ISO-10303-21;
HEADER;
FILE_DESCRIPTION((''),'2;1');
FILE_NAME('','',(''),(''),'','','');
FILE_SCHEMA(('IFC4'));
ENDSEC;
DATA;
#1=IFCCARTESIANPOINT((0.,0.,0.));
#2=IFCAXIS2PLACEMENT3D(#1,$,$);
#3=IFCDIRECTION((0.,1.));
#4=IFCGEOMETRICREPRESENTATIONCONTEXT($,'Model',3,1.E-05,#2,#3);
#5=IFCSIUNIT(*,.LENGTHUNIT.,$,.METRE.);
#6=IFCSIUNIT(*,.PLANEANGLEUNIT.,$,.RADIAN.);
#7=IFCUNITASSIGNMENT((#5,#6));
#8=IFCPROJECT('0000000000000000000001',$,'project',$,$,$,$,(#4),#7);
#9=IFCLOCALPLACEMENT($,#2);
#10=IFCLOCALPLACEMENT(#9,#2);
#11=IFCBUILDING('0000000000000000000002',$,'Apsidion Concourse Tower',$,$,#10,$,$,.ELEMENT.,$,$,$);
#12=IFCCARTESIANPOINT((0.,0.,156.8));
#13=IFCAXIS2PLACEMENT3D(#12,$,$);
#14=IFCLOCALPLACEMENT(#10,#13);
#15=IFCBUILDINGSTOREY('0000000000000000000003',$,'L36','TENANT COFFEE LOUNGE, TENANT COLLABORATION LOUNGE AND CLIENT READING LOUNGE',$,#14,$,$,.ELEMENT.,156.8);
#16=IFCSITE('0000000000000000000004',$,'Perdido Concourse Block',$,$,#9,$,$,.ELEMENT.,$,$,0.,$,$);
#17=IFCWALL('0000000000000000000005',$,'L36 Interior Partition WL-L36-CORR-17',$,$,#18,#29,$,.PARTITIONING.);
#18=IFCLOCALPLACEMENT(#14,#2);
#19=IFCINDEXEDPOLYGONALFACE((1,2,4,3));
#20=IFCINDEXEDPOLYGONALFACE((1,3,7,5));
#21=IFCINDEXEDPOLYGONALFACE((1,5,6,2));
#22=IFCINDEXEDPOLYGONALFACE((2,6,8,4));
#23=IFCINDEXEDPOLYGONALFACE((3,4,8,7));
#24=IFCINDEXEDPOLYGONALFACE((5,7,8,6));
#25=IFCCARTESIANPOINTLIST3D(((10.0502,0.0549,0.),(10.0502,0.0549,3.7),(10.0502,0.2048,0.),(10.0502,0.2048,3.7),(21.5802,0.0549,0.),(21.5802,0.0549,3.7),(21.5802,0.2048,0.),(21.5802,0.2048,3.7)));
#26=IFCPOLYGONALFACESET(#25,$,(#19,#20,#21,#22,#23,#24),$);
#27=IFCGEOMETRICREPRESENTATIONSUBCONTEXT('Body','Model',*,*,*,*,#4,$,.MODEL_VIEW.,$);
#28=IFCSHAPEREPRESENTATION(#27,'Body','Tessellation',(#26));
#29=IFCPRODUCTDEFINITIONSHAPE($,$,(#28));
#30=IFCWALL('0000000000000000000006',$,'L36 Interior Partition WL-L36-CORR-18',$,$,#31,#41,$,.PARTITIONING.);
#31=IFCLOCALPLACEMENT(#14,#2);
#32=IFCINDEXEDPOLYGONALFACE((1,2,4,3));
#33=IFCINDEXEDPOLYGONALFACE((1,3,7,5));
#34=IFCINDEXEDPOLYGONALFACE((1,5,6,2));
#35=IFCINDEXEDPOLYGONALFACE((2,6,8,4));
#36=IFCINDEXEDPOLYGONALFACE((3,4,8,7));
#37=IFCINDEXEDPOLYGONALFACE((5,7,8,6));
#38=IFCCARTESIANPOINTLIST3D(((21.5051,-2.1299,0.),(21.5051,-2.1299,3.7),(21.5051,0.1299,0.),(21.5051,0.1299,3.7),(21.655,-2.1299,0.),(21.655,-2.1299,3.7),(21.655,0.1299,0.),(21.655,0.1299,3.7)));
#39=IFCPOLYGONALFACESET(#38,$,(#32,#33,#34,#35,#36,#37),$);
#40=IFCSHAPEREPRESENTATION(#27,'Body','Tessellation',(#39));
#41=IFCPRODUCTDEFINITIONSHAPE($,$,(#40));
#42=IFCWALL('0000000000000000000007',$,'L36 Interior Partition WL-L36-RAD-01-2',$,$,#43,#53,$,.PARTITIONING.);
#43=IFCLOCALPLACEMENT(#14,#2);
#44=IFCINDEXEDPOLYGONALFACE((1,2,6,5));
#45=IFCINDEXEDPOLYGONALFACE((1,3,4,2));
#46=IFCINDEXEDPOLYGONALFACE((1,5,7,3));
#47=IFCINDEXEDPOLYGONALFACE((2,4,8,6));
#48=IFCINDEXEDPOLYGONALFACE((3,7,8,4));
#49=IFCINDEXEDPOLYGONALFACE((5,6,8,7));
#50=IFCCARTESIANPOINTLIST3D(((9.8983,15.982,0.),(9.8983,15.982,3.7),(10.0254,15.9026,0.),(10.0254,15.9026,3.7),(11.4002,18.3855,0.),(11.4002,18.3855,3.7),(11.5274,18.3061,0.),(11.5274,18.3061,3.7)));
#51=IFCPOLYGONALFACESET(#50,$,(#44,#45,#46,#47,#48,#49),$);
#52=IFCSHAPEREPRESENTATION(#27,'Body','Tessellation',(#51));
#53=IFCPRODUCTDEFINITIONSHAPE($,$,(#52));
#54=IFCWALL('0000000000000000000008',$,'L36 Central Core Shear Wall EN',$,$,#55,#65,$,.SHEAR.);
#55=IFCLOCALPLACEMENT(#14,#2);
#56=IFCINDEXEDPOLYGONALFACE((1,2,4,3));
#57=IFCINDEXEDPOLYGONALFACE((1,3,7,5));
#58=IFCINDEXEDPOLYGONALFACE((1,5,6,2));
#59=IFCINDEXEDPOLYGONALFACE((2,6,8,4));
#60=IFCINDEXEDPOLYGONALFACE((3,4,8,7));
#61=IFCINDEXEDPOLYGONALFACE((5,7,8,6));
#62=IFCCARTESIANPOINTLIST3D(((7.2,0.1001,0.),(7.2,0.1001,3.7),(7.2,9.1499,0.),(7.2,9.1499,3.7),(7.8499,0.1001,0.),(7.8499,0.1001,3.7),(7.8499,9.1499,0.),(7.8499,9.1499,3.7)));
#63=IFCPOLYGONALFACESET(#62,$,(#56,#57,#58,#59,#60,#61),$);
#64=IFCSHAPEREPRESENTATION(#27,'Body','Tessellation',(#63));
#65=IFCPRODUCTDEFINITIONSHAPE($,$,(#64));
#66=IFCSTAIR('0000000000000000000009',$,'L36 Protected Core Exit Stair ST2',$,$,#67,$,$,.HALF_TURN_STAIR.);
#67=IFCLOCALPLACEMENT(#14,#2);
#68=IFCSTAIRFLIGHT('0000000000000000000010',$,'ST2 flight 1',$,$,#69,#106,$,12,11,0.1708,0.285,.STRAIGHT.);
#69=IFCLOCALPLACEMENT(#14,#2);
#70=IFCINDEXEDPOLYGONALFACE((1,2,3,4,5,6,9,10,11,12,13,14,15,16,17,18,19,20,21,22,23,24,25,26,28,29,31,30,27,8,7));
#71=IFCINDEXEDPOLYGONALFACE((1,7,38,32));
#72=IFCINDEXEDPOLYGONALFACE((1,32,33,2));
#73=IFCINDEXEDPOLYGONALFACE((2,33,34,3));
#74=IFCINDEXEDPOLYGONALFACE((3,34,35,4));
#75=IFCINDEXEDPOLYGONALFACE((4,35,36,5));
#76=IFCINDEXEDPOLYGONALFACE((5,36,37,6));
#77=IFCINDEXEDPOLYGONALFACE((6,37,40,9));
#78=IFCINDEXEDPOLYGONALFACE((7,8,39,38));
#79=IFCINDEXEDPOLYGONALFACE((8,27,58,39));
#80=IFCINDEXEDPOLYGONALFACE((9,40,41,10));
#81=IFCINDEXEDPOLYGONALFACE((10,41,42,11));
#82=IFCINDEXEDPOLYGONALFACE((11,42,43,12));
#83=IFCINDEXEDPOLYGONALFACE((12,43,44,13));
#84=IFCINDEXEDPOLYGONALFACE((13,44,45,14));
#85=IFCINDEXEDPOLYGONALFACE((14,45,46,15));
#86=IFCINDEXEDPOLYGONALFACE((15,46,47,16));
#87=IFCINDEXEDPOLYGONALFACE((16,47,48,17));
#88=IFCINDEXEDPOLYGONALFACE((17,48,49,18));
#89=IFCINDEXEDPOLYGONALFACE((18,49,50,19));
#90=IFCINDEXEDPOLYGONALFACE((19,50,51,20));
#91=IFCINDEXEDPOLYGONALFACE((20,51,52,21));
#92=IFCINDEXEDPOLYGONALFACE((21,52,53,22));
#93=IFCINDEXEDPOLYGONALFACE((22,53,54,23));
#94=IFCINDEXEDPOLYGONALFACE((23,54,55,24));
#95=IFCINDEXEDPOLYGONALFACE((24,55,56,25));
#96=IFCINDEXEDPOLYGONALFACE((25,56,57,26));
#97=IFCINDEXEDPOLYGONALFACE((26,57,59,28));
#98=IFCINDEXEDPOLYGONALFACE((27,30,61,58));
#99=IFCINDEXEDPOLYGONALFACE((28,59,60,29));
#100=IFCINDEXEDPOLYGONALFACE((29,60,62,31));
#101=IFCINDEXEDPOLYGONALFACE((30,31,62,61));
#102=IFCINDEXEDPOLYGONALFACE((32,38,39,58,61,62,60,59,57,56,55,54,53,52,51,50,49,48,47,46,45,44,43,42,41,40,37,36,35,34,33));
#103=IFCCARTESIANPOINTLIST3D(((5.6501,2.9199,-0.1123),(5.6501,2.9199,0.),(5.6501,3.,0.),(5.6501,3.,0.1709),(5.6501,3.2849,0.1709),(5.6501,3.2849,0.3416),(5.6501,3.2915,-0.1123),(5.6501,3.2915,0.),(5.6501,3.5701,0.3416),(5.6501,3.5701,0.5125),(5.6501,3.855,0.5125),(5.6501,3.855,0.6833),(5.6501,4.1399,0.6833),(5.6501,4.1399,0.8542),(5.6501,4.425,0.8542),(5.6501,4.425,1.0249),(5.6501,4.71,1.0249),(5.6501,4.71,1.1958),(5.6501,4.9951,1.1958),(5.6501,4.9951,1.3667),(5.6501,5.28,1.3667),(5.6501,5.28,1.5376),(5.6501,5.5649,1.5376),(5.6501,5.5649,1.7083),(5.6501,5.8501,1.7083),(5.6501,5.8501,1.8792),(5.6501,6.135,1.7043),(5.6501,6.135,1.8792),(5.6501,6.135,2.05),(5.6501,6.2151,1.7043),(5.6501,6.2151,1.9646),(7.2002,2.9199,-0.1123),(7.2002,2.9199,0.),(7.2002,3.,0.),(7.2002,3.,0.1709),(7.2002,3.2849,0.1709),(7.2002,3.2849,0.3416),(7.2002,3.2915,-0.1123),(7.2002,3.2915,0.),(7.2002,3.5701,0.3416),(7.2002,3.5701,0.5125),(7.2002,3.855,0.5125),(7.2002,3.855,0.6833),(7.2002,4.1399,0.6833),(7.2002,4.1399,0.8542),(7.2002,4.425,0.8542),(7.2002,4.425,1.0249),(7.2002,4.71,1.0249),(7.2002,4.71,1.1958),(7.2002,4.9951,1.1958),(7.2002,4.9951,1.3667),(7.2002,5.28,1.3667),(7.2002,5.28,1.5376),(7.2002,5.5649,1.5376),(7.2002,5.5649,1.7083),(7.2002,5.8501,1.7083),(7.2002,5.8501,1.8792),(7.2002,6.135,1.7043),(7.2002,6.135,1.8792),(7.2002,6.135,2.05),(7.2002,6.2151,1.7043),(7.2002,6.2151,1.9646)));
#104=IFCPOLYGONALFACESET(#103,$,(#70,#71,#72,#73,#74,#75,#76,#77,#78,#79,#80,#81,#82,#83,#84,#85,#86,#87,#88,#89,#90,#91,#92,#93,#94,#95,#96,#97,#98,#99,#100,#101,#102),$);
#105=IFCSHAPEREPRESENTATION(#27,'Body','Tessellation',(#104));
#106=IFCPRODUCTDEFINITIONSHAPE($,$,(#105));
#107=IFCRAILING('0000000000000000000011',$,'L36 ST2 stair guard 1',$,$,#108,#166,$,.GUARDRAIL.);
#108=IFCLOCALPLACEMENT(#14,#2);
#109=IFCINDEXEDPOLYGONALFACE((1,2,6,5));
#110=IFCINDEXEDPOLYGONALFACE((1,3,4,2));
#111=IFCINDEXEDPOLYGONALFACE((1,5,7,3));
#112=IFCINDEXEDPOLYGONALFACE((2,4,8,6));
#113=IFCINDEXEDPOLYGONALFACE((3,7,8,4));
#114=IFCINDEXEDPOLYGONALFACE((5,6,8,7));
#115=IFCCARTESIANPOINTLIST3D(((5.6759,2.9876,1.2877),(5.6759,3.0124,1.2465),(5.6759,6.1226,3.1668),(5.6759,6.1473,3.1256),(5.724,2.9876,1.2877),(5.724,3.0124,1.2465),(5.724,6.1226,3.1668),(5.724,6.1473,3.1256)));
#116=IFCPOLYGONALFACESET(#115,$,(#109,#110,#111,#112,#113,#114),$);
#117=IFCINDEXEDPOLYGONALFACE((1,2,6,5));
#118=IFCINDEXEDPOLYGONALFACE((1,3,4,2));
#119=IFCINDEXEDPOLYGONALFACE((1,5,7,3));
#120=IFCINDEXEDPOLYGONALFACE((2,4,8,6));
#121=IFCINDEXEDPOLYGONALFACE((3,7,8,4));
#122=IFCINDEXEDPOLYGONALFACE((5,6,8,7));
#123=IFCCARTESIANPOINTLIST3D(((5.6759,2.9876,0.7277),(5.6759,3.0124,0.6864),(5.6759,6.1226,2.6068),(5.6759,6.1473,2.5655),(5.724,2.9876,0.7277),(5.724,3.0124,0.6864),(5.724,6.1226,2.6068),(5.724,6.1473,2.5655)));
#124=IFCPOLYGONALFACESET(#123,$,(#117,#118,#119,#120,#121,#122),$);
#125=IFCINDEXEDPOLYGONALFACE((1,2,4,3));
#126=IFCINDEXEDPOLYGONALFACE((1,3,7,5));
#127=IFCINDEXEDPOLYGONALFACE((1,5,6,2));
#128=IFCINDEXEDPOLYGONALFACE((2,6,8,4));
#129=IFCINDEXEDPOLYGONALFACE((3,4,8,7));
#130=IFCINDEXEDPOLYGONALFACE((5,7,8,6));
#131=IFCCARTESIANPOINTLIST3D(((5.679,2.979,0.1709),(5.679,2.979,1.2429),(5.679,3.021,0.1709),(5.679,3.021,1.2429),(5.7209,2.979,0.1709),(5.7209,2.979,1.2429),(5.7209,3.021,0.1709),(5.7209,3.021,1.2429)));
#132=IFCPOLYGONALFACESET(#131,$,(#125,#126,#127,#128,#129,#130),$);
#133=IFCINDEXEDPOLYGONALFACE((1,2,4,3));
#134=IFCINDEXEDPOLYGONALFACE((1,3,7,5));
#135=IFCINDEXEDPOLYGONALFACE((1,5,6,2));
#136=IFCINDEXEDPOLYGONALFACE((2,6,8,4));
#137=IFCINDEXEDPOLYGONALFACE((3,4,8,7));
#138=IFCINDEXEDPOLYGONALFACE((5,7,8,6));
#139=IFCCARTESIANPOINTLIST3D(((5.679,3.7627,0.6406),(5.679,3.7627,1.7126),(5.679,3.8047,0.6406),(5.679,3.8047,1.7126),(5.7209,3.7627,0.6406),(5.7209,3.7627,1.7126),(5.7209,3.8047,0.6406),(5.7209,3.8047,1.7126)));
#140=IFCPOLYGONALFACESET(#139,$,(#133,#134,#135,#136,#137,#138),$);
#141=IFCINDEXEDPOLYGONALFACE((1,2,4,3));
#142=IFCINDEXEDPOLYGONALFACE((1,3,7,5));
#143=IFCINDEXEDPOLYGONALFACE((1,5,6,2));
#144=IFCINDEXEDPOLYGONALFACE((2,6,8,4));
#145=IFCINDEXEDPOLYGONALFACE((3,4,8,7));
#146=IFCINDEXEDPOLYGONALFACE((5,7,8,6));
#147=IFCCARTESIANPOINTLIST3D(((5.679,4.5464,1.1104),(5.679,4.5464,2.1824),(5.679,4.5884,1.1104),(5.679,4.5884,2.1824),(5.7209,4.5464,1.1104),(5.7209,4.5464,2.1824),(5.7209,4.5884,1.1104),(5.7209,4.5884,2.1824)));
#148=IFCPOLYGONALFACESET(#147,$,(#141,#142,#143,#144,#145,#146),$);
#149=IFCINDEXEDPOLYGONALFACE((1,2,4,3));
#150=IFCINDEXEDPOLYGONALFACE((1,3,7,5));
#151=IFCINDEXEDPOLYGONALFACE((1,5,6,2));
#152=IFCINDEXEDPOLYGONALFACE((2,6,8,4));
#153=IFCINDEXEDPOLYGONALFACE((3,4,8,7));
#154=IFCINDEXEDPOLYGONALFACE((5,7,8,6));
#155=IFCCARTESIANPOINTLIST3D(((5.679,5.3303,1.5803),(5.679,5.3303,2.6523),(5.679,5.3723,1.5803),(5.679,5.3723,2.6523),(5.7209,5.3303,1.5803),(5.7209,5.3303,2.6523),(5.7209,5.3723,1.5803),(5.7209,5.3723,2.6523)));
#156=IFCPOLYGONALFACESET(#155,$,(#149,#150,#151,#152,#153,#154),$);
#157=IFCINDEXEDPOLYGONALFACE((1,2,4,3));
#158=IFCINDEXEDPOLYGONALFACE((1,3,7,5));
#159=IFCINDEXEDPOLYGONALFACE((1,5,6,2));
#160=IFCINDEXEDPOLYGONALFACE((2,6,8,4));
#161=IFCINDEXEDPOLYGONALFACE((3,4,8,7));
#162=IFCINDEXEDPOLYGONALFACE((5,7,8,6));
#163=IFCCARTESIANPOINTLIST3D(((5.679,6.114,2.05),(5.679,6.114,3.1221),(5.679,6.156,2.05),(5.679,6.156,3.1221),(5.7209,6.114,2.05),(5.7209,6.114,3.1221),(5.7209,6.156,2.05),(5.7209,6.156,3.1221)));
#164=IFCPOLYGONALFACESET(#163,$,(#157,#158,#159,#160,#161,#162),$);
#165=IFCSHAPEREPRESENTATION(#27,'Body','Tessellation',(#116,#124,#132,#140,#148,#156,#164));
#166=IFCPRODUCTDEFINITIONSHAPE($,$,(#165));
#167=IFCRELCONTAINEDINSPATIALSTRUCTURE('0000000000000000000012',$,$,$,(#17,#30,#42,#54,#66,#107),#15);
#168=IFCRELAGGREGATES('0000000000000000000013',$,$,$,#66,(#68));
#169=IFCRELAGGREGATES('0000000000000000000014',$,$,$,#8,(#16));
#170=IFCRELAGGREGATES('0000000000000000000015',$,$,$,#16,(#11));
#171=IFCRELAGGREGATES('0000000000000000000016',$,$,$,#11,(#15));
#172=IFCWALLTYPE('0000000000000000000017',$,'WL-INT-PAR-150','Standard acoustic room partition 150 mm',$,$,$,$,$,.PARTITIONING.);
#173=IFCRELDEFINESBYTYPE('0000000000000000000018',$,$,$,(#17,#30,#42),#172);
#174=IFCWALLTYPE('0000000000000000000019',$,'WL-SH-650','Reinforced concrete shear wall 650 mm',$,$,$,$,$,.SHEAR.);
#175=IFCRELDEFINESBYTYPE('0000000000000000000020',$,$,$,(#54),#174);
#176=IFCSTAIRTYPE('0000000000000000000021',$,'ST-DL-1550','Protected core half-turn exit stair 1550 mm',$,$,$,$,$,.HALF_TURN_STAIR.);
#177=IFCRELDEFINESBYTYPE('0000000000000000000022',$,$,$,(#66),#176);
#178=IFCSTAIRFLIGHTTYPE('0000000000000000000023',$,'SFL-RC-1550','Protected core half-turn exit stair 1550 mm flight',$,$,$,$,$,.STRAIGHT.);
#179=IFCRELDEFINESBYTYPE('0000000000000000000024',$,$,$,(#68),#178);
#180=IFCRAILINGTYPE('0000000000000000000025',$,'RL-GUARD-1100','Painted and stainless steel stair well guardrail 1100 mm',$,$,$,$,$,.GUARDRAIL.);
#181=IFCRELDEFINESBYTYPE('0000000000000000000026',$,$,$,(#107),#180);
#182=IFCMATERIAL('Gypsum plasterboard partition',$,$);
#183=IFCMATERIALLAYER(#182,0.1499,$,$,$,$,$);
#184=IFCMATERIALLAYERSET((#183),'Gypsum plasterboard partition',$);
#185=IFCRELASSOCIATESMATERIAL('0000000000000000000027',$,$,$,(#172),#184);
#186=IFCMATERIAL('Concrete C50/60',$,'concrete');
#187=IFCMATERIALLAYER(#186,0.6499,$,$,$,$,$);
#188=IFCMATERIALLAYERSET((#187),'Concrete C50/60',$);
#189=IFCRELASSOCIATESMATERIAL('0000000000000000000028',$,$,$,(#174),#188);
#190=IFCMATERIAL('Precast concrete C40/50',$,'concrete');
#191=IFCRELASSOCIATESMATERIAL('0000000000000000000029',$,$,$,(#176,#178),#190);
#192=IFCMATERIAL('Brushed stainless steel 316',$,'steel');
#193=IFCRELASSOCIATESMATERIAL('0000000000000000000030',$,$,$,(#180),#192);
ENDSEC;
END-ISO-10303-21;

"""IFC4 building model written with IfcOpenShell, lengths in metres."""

from ifc_helpers import new_model, si_unit, direction, frame, frame_2d, origin, origin_2d, place, context, subcontext, project, spatial, polyline, rectangle, outline, extrude, material, layer, layer_set, type_object, element, aggregate, save


model = new_model("IFC4")

# Units and contexts
model_context = context("Model", 3, precision=1e-05, world=origin(), true_north=direction((0.0, 1.0)))
body_context = subcontext(model_context, "Body", "Model", "MODEL_VIEW")
ifc_project = project(units=[si_unit("LENGTHUNIT", "METRE"), si_unit("PLANEANGLEUNIT", "RADIAN")], contexts=[model_context])

# Site, building, storey
site_placement = place(None, origin())
site = spatial("IfcSite", under=ifc_project, at=site_placement, Name="Perdido Concourse Block", CompositionType="ELEMENT", RefElevation=0.0)
building_placement = place(site_placement, origin())
building = spatial("IfcBuilding", under=site, at=building_placement, Name="Apsidion Concourse Tower", CompositionType="ELEMENT")
storey_placement = place(building_placement, frame((0.0, 0.0, 156.8)))
storey = spatial("IfcBuildingStorey", under=building, at=storey_placement, Name="L36", Description="TENANT COFFEE LOUNGE, TENANT COLLABORATION LOUNGE AND CLIENT READING LOUNGE", CompositionType="ELEMENT", Elevation=156.8)

# Shared definitions
ifc_material_1 = material(Name="Concrete C50/60", Category="concrete")

# Shared definitions
ifc_material_2 = material(Name="Gypsum plasterboard partition")
ifc_layer_1 = layer(ifc_material_2, 0.1499)
ifc_layer_set_1 = layer_set([ifc_layer_1], Name="Gypsum plasterboard partition")
wall_type_1 = type_object("IfcWallType", Name="WL-INT-PAR-150", Description="Standard acoustic room partition 150 mm", PredefinedType="PARTITIONING", material=ifc_layer_set_1)

# Shared definitions
ifc_material_3 = material(Name="Brushed stainless steel 316", Category="steel")

# Walls
wall_1_placement = place(storey_placement, frame((10.05, 0.1299, 0.0), z_axis=(0.0, 0.0, 1.0), x_axis=(1.0, 0.0, 0.0)))
element("IfcWall", 1, at=wall_1_placement, inside=storey, type_object=wall_type_1, Name="L36 Interior Partition WL-L36-CORR-17", PredefinedType="PARTITIONING", context=body_context, shape_type="SweptSolid", body=[
    extrude(rectangle(XDim=11.53, YDim=0.1499, at=frame_2d((5.7651, 0.0))), origin(), (0.0, 0.0, 1.0), 3.7),
])
wall_2_placement = place(storey_placement, frame((21.5801, 0.1299, 0.0), z_axis=(0.0, 0.0, 1.0), x_axis=(0.0, -1.0, 0.0)))
element("IfcWall", 2, at=wall_2_placement, inside=storey, type_object=wall_type_1, Name="L36 Interior Partition WL-L36-CORR-18", PredefinedType="PARTITIONING", context=body_context, shape_type="SweptSolid", body=[
    extrude(rectangle(XDim=2.2598, YDim=0.1499, at=frame_2d((1.1299, 0.0))), origin(), (0.0, 0.0, 1.0), 3.7),
])
wall_3_placement = place(storey_placement, frame((9.9619, 15.9424, 0.0), z_axis=(0.0, 0.0, 1.0), x_axis=(0.529929, 0.848042, 0.0)))
element("IfcWall", 3, at=wall_3_placement, inside=storey, type_object=wall_type_1, Name="L36 Interior Partition WL-L36-RAD-01-2", PredefinedType="PARTITIONING", context=body_context, shape_type="SweptSolid", body=[
    extrude(rectangle(XDim=2.8342, YDim=0.1499, at=frame_2d((1.417, 0.0))), origin(), (0.0, 0.0, 1.0), 3.7),
])
ifc_layer_2 = layer(ifc_material_1, 0.6499)
ifc_layer_set_2 = layer_set([ifc_layer_2], Name="Concrete C50/60")
wall_type_2 = type_object("IfcWallType", Name="WL-SH-650", Description="Reinforced concrete shear wall 650 mm", PredefinedType="SHEAR", material=ifc_layer_set_2)
wall_4_placement = place(storey_placement, frame((7.5249, 0.1001, 0.0), z_axis=(0.0, 0.0, 1.0), x_axis=(0.0, 1.0, 0.0)))
element("IfcWall", 4, at=wall_4_placement, inside=storey, type_object=wall_type_2, Name="L36 Central Core Shear Wall EN", PredefinedType="SHEAR", context=body_context, shape_type="SweptSolid", body=[
    extrude(rectangle(XDim=9.0498, YDim=0.6499, at=frame_2d((4.5249, 0.0))), origin(), (0.0, 0.0, 1.0), 3.7),
])

# Stair, stair flight
ifc_material_4 = material(Name="Precast concrete C40/50", Category="concrete")
stair_type = type_object("IfcStairType", Name="ST-DL-1550", Description="Protected core half-turn exit stair 1550 mm", PredefinedType="HALF_TURN_STAIR", material=ifc_material_4)
stair_placement = place(storey_placement, origin())
stair = element("IfcStair", 5, at=stair_placement, inside=storey, type_object=stair_type, Name="L36 Protected Core Exit Stair ST2", PredefinedType="HALF_TURN_STAIR")
stair_flight_type = type_object("IfcStairFlightType", Name="SFL-RC-1550", Description="Protected core half-turn exit stair 1550 mm flight", PredefinedType="STRAIGHT", material=ifc_material_4)
stair_flight_placement = place(storey_placement, frame((6.425, 3.0, 0.0), z_axis=(0.0, 0.0, 1.0), x_axis=(0.0, 1.0, 0.0)))
stair_flight = element("IfcStairFlight", 6, at=stair_flight_placement, type_object=stair_flight_type, Name="ST2 flight 1", NumberOfRisers=12, NumberOfTreads=11, PredefinedType="STRAIGHT", RiserHeight=0.1708, TreadLength=0.285, context=body_context, shape_type="SweptSolid", body=[
    extrude(outline(polyline([(-0.0801, -0.1123), (-0.0801, 0.0), (0.0, 0.0), (0.0, 0.1709), (0.2849, 0.1709), (0.2849, 0.3416), (0.5701, 0.3416), (0.5701, 0.5125), (0.855, 0.5125), (0.855, 0.6833), (1.1399, 0.6833), (1.1399, 0.8542), (1.425, 0.8542), (1.425, 1.0249), (1.71, 1.0249), (1.71, 1.1958), (1.9951, 1.1958), (1.9951, 1.3667), (2.28, 1.3667), (2.28, 1.5376), (2.5649, 1.5376), (2.5649, 1.7083), (2.8501, 1.7083), (2.8501, 1.8792), (3.135, 1.8792), (3.135, 2.05), (3.2151, 1.9646), (3.2151, 1.7043), (3.135, 1.7043), (0.2915, 0.0), (0.2915, -0.1123), (-0.0801, -0.1123)])), frame((0.0, 0.7749, 0.0), z_axis=(0.0, -1.0, 0.0), x_axis=(1.0, 0.0, 0.0)), (0.0, 0.0, 1.0), 1.55),
])
aggregate(stair, [stair_flight])

# Railing
railing_type_1 = type_object("IfcRailingType", Name="RL-GUARD-1100", Description="Painted and stainless steel stair well guardrail 1100 mm", PredefinedType="GUARDRAIL", material=ifc_material_3)
railing_1_placement = place(storey_placement, frame((5.7, 3.0, 0.1709)))
element("IfcRailing", 7, at=railing_1_placement, inside=storey, type_object=railing_type_1, Name="L36 ST2 stair guard 1", PredefinedType="GUARDRAIL", context=body_context, shape_type="SweptSolid", body=[
    extrude(rectangle(XDim=0.0481, YDim=0.0481, at=origin_2d()), frame((0.0, 0.0, 1.0962), z_axis=(0.0, 0.857717, 0.514122), x_axis=(-1.0, 0.0, 0.0)), (0.0, 0.0, 1.0), 3.655),
    extrude(rectangle(XDim=0.0481, YDim=0.0481, at=origin_2d()), frame((0.0, 0.0, 0.5361), z_axis=(0.0, 0.857717, 0.514122), x_axis=(-1.0, 0.0, 0.0)), (0.0, 0.0, 1.0), 3.655),
    extrude(rectangle(XDim=0.042, YDim=0.042, at=origin_2d()), origin(), (0.0, 0.0, 1.0), 1.072),
    extrude(rectangle(XDim=0.042, YDim=0.042, at=origin_2d()), frame((0.0, 0.7837, 0.4697)), (0.0, 0.0, 1.0), 1.072),
    extrude(rectangle(XDim=0.042, YDim=0.042, at=origin_2d()), frame((0.0, 1.5674, 0.9395)), (0.0, 0.0, 1.0), 1.072),
    extrude(rectangle(XDim=0.042, YDim=0.042, at=origin_2d()), frame((0.0, 2.3513, 1.4094)), (0.0, 0.0, 1.0), 1.072),
    extrude(rectangle(XDim=0.042, YDim=0.042, at=origin_2d()), frame((0.0, 3.135, 1.8792)), (0.0, 0.0, 1.0), 1.072),
])

save(model, "model.ifc")
